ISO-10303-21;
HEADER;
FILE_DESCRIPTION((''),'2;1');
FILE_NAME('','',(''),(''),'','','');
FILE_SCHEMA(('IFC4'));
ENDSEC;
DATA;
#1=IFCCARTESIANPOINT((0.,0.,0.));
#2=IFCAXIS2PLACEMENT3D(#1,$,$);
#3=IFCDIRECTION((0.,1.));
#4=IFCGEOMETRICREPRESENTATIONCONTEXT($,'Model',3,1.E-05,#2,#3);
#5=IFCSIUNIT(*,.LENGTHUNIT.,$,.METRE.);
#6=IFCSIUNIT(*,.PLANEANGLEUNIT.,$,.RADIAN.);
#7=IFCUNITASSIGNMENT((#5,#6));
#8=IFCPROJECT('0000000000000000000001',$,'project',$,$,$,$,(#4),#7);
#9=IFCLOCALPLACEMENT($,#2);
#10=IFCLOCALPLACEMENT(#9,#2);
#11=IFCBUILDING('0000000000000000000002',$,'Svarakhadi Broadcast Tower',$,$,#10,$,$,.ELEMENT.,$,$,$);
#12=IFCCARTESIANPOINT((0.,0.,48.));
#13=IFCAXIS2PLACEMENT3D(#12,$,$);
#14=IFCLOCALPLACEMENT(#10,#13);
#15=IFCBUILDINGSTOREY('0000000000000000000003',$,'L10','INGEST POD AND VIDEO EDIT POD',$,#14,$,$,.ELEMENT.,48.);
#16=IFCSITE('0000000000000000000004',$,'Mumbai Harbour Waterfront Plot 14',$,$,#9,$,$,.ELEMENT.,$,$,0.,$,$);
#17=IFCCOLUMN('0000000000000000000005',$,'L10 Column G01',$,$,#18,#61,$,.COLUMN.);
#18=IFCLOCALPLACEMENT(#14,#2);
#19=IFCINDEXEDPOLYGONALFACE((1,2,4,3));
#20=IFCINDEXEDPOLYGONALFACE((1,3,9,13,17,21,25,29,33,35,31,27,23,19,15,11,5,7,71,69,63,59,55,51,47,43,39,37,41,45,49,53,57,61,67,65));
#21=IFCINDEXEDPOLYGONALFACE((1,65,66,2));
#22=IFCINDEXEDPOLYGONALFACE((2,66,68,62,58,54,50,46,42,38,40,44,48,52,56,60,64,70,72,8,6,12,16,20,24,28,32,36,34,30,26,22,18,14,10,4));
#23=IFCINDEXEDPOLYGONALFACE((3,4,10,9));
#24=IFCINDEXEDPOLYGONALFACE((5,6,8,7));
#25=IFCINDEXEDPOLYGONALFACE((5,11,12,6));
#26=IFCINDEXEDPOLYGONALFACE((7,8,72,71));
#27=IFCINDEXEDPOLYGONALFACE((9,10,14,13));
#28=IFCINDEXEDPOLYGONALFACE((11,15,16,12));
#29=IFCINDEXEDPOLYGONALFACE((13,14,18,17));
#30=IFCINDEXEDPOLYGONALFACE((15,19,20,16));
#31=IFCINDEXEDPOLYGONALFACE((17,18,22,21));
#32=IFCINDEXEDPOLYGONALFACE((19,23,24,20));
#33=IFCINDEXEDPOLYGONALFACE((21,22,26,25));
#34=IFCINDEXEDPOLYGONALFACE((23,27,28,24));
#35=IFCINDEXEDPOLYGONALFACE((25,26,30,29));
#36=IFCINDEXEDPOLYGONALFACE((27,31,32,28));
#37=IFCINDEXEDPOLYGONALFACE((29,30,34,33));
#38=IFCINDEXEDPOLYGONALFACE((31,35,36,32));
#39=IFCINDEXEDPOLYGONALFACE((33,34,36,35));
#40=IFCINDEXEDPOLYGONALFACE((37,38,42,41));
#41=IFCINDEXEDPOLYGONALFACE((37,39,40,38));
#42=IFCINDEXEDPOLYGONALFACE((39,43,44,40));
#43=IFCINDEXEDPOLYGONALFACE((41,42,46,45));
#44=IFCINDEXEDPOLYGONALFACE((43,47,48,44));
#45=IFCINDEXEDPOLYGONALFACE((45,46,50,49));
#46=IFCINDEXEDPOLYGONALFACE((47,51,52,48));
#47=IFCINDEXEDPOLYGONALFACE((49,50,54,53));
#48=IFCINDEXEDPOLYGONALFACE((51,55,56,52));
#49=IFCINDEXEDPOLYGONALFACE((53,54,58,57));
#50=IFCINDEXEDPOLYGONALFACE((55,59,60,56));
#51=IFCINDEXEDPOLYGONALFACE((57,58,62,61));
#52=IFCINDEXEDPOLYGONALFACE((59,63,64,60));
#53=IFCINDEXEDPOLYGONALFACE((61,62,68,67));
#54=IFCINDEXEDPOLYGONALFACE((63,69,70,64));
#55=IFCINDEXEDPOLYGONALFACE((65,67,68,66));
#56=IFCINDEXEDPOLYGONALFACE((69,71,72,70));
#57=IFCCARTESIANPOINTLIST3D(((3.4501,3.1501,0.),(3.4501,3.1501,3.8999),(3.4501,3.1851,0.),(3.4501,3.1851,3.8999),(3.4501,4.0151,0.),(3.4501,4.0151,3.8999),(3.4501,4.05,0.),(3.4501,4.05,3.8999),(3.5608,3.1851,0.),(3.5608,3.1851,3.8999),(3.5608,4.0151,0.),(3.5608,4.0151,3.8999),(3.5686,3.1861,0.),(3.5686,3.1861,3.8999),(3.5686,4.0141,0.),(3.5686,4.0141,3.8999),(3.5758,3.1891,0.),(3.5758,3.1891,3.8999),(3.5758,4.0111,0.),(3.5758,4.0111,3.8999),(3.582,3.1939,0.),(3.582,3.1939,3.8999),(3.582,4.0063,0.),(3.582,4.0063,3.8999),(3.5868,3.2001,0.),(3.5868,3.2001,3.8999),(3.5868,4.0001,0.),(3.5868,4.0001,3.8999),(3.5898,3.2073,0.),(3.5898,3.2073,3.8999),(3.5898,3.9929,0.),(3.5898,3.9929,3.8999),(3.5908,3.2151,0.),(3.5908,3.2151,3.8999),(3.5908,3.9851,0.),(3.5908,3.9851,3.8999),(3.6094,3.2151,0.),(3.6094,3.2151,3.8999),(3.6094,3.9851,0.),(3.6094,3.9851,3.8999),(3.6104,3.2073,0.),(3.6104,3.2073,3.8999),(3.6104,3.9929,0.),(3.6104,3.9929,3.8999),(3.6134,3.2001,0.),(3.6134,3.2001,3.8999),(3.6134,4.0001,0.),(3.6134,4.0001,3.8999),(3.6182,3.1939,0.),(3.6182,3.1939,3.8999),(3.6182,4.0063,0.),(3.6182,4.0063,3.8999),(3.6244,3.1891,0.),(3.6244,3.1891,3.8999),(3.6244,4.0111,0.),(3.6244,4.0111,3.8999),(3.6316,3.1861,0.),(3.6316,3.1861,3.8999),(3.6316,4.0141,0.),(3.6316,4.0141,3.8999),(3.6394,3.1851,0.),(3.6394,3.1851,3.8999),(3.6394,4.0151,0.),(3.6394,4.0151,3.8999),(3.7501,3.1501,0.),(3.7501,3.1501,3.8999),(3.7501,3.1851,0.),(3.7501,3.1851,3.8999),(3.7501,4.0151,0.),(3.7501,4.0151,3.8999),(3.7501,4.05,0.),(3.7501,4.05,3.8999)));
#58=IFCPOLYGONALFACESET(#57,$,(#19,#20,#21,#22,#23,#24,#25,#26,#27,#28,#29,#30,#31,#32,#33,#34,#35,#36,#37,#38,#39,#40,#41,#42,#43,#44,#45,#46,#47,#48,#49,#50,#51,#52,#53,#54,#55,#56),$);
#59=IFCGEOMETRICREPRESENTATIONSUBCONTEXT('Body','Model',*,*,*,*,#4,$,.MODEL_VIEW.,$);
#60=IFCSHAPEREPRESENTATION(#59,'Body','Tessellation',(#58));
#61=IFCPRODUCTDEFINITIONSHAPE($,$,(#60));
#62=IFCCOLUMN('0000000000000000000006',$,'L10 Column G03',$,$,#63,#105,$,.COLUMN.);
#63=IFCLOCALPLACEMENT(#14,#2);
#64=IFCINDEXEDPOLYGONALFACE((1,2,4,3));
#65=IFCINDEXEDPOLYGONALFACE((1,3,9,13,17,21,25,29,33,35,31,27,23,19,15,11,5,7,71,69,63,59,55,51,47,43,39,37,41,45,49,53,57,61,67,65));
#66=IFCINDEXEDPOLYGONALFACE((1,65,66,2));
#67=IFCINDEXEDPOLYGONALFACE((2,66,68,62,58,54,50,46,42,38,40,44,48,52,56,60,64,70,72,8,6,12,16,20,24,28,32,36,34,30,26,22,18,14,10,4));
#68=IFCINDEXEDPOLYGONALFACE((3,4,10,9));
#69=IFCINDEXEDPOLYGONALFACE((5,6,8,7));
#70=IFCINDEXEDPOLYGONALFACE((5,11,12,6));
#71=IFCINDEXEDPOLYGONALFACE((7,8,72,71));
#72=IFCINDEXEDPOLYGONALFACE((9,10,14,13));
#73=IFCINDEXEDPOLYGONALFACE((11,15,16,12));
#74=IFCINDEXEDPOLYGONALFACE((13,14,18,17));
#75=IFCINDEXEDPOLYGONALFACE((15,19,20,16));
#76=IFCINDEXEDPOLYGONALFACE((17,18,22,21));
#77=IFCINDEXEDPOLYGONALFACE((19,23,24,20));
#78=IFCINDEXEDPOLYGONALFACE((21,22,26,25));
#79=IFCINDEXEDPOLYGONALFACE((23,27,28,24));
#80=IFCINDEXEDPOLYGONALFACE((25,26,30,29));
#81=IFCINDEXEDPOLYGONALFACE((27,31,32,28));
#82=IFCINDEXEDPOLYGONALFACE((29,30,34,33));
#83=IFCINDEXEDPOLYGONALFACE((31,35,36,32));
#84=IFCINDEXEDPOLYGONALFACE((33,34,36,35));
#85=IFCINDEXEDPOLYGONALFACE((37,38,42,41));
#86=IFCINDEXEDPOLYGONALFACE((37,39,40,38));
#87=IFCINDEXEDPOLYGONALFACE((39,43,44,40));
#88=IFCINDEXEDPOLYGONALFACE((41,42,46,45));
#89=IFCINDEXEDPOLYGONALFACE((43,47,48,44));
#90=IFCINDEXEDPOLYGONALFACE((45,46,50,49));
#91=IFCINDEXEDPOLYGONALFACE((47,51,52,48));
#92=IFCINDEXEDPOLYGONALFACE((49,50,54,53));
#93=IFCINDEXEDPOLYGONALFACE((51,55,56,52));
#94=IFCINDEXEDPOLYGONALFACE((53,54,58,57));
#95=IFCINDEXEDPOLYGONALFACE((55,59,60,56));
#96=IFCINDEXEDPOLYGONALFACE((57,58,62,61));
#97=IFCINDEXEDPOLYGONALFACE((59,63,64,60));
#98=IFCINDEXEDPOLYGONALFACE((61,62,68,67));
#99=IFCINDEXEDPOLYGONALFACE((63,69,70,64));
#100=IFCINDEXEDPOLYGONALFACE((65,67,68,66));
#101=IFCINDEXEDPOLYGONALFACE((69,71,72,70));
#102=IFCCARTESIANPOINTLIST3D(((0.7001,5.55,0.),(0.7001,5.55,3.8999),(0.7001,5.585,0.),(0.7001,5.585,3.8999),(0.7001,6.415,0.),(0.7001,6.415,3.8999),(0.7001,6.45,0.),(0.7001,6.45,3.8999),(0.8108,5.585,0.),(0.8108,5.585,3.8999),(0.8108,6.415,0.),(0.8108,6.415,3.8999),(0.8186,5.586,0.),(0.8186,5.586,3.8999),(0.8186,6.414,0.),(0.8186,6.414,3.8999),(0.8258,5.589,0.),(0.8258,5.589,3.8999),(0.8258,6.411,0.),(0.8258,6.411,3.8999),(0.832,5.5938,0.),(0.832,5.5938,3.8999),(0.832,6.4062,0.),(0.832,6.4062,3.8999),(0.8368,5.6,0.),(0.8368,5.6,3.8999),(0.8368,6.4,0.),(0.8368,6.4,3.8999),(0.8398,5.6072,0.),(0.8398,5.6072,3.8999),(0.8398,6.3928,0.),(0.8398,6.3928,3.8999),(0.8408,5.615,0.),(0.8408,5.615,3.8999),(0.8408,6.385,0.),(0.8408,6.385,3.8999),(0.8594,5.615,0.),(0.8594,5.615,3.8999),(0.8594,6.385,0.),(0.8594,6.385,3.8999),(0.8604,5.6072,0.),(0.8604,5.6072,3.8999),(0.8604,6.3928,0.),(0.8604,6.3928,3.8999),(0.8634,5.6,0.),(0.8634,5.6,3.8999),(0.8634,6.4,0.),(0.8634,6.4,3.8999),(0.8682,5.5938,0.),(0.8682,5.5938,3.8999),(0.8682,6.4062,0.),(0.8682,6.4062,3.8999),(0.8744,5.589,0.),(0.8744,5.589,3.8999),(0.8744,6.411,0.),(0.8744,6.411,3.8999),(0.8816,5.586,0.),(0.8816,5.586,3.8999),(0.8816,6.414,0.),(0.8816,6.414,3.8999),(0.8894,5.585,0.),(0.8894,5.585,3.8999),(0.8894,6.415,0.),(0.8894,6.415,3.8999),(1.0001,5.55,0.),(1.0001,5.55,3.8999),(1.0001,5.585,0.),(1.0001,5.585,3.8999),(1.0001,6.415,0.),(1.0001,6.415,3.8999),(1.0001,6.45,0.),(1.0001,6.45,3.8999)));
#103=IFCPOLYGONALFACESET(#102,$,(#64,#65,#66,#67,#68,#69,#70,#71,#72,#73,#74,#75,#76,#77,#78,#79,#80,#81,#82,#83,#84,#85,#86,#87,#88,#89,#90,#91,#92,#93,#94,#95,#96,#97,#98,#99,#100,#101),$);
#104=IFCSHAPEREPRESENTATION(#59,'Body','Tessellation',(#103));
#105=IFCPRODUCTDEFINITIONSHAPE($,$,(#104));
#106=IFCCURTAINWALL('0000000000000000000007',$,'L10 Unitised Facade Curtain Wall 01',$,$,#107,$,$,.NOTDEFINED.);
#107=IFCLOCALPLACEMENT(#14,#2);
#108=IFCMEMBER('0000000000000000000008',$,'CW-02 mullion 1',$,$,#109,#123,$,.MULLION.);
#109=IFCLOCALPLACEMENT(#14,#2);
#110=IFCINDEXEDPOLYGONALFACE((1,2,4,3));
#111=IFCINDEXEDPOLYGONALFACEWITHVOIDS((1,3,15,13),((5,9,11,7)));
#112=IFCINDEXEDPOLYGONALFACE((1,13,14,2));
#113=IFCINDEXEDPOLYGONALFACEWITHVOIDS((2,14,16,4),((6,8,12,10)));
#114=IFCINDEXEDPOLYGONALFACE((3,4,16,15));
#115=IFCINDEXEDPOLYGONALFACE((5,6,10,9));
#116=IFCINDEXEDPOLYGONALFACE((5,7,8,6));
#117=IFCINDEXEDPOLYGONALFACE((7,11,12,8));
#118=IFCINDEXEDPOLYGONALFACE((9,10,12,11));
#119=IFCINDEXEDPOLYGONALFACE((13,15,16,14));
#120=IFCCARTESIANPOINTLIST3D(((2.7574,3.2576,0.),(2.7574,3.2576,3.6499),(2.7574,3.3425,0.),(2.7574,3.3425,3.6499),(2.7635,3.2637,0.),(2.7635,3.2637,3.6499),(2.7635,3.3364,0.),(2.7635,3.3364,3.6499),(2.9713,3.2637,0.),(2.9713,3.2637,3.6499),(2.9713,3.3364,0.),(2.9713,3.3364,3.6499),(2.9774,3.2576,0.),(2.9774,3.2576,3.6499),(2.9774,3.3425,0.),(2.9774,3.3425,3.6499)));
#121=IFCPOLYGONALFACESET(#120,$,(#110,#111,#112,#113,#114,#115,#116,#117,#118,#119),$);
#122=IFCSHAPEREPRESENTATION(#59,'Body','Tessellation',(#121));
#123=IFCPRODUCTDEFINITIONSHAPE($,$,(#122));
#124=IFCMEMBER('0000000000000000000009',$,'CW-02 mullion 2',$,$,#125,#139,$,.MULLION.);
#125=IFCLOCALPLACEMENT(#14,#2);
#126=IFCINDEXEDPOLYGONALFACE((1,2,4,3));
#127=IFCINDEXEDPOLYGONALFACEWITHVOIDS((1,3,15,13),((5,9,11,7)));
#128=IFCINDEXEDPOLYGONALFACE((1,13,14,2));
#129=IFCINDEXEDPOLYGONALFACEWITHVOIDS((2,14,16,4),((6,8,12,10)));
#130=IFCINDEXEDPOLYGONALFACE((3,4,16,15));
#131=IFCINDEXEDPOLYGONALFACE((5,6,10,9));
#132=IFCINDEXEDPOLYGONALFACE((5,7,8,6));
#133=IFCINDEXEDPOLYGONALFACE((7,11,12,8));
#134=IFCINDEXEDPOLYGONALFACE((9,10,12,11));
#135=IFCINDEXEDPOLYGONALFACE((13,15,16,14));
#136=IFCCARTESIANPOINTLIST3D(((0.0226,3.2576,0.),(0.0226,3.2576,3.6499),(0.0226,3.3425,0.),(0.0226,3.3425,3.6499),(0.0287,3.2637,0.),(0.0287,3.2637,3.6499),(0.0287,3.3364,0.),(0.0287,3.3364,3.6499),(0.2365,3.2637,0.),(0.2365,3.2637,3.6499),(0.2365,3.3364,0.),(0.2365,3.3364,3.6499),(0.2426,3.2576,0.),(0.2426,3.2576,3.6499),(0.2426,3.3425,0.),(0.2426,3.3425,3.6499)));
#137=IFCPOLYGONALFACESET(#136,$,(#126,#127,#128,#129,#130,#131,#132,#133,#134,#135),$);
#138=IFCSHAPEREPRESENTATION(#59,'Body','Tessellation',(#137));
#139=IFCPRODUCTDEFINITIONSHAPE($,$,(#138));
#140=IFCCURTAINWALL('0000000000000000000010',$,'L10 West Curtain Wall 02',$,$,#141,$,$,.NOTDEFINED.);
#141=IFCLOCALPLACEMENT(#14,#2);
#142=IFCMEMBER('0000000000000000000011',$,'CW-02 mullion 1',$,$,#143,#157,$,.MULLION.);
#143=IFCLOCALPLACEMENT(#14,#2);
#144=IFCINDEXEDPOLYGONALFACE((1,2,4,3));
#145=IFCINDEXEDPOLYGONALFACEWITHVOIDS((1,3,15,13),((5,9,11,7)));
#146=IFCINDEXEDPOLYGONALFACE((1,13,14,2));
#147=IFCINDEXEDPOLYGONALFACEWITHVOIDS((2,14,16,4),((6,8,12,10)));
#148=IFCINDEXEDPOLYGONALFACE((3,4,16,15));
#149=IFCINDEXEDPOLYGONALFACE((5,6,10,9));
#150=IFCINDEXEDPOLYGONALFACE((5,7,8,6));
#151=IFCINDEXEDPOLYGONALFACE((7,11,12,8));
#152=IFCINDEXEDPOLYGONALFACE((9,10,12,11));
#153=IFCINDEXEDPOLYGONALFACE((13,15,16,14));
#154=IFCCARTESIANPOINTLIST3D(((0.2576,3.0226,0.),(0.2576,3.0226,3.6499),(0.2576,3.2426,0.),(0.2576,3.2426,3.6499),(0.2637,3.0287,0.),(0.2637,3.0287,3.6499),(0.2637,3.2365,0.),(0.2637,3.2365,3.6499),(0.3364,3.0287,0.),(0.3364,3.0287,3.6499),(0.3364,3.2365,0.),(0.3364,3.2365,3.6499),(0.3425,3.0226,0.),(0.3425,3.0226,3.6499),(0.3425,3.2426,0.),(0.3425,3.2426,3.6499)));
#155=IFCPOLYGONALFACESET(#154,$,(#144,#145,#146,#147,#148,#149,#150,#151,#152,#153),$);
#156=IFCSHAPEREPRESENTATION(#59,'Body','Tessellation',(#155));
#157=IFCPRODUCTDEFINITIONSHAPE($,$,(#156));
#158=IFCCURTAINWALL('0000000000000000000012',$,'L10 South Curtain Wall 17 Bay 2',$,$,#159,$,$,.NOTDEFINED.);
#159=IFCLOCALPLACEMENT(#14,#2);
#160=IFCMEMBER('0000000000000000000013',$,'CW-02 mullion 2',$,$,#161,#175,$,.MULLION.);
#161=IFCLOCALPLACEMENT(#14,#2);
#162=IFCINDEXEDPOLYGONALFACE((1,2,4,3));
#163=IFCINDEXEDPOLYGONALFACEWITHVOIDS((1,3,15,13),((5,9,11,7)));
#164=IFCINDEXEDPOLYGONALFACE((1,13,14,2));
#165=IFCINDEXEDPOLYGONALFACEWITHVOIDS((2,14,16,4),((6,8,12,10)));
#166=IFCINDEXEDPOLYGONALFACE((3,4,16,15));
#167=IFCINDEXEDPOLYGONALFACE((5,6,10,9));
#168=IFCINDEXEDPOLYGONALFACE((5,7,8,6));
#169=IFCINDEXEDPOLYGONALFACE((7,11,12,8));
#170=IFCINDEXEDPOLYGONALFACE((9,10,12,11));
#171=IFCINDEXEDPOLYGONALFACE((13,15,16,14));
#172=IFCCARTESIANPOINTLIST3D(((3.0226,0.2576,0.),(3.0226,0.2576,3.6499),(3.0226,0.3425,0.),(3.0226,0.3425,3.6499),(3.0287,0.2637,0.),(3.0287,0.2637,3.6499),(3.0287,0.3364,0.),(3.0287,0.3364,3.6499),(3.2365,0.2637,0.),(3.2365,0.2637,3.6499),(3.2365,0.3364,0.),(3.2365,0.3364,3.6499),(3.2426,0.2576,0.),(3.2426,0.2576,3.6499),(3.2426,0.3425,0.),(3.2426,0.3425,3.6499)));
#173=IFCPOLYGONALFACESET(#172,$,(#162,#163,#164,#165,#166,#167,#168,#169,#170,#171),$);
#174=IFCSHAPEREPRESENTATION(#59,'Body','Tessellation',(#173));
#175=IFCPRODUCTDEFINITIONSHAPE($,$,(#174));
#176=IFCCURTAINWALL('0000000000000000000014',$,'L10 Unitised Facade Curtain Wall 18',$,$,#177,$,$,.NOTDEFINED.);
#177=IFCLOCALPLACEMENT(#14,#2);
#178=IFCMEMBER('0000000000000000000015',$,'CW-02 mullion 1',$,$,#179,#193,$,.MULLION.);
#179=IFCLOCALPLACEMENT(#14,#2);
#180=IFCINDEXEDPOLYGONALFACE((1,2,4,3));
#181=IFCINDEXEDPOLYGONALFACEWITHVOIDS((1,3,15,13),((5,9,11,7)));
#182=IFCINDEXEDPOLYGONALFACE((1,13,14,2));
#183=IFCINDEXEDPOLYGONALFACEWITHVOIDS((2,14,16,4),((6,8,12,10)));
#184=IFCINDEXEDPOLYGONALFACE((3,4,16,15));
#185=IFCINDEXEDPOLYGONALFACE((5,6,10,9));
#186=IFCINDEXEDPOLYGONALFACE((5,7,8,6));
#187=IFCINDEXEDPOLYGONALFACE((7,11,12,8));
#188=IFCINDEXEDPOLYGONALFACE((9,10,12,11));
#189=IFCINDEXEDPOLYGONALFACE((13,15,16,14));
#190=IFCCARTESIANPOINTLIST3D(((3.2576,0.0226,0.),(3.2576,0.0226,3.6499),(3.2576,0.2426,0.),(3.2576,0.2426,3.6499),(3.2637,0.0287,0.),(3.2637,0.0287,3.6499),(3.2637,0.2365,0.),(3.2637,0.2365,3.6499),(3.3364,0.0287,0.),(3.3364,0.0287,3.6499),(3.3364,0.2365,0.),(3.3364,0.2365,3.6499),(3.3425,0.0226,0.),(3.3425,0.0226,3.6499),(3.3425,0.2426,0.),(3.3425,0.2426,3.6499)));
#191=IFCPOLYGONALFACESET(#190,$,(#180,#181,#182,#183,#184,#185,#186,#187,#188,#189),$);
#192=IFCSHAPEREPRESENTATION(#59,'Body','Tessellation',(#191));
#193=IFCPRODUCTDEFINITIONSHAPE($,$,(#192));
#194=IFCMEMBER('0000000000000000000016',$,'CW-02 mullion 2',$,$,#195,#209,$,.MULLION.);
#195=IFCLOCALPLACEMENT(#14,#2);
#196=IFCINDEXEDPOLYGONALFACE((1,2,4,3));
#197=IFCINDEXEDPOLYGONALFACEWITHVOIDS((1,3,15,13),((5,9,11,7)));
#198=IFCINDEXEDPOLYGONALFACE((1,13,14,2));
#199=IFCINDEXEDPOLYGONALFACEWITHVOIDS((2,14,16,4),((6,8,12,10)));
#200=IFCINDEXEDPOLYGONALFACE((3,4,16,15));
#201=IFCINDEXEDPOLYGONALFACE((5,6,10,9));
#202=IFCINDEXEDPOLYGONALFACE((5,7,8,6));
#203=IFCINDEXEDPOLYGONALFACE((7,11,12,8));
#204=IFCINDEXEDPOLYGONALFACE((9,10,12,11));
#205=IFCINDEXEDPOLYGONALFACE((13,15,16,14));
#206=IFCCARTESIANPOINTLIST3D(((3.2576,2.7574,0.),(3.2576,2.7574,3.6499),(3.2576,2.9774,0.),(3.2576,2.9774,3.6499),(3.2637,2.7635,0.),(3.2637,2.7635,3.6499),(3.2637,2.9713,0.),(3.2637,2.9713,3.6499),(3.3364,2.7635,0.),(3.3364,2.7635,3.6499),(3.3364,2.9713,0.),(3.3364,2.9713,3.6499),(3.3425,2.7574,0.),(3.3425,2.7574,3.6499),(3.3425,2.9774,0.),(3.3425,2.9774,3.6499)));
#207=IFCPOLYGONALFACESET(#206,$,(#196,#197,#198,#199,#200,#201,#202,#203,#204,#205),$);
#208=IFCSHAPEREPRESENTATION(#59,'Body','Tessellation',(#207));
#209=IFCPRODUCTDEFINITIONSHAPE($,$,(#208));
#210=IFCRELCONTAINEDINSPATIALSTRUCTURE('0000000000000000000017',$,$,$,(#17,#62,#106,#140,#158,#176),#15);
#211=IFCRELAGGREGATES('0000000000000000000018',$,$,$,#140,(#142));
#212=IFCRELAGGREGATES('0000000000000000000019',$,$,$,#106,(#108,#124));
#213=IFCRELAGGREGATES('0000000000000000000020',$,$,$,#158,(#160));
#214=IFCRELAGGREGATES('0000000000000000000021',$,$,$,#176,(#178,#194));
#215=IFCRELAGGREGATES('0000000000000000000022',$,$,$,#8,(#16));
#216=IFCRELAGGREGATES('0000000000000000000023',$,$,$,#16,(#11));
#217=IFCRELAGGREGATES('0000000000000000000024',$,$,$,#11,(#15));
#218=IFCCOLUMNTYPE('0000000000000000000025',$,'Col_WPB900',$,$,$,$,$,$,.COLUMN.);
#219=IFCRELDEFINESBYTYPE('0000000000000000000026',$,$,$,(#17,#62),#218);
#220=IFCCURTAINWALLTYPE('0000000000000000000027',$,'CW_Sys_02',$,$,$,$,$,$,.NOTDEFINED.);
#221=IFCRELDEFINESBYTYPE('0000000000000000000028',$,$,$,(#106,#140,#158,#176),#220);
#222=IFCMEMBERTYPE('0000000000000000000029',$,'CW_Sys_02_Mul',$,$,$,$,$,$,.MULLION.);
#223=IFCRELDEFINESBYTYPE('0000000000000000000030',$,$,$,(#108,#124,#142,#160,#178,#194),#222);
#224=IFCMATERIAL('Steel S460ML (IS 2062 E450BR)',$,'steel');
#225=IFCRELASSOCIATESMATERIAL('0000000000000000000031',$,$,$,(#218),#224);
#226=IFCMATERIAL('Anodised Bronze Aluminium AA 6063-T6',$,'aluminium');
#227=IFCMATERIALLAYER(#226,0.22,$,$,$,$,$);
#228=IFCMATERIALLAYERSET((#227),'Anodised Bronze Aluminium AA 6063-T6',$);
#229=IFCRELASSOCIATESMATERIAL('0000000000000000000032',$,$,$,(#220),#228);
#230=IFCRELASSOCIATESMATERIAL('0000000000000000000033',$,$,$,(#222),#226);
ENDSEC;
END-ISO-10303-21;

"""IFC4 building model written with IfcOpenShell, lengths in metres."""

from ifc_helpers import new_model, si_unit, direction, frame, origin, origin_2d, place, context, subcontext, project, spatial, hollow_rectangle, i_section, extrude, material, layer, layer_set, material_profile, profile_set, type_object, element, aggregate, save


model = new_model("IFC4")

# Units and contexts
model_context = context("Model", 3, precision=1e-05, world=origin(), true_north=direction((0.0, 1.0)))
body_context = subcontext(model_context, "Body", "Model", "MODEL_VIEW")
ifc_project = project(units=[si_unit("LENGTHUNIT", "METRE"), si_unit("PLANEANGLEUNIT", "RADIAN")], contexts=[model_context])

# Site, building, storey
site_placement = place(None, origin())
site = spatial("IfcSite", under=ifc_project, at=site_placement, Name="Mumbai Harbour Waterfront Plot 14", CompositionType="ELEMENT", RefElevation=0.0)
building_placement = place(site_placement, origin())
building = spatial("IfcBuilding", under=site, at=building_placement, Name="Svarakhadi Broadcast Tower", CompositionType="ELEMENT")
storey_placement = place(building_placement, frame((0.0, 0.0, 48.0)))
storey = spatial("IfcBuildingStorey", under=building, at=storey_placement, Name="L10", Description="INGEST POD AND VIDEO EDIT POD", CompositionType="ELEMENT", Elevation=48.0)

# Columns
ifc_material_1 = material(Name="Steel S460ML (IS 2062 E450BR)", Category="steel")
ifc_material_profile_1 = material_profile(ifc_material_1, i_section(OverallWidth=0.3, OverallDepth=0.8999, WebThickness=0.0186, FlangeThickness=0.0349, FilletRadius=0.03, at=origin_2d()), Name="WPB 900x300x291")
ifc_profile_set_1 = profile_set([ifc_material_profile_1], Name="Steel S460ML (IS 2062 E450BR)")
column_type = type_object("IfcColumnType", Name="Col_WPB900", PredefinedType="COLUMN", material=ifc_profile_set_1)
for number, where, z_axis, x_axis, name in (
    (1, (3.6001, 3.6001, 0.0), (0.0, 0.0, 1.0), (1.0, 0.0, 0.0), "L10 Column G01"),
    (2, (0.8501, 6.0, 0.0), (0.0, 0.0, 1.0), (1.0, 0.0, 0.0), "L10 Column G03"),
):
    element("IfcColumn", number, at=place(storey_placement, frame(where, z_axis=z_axis, x_axis=x_axis)), inside=storey, type_object=column_type, Name=name, PredefinedType="COLUMN", context=body_context, shape_type="SweptSolid", body=[
        extrude(i_section(OverallWidth=0.3, OverallDepth=0.8999, WebThickness=0.0186, FlangeThickness=0.0349, FilletRadius=0.03, at=origin_2d()), origin(), (0.0, 0.0, 1.0), 3.8999),
    ])

# Curtain wall, members
ifc_material_2 = material(Name="Anodised Bronze Aluminium AA 6063-T6", Category="aluminium")
ifc_layer_1 = layer(ifc_material_2, 0.22)
ifc_layer_set_1 = layer_set([ifc_layer_1], Name="Anodised Bronze Aluminium AA 6063-T6")
curtain_wall_type = type_object("IfcCurtainWallType", Name="CW_Sys_02", PredefinedType="NOTDEFINED", material=ifc_layer_set_1)
curtain_wall_1_placement = place(storey_placement, origin())
curtain_wall_1 = element("IfcCurtainWall", 3, at=curtain_wall_1_placement, inside=storey, type_object=curtain_wall_type, Name="L10 Unitised Facade Curtain Wall 01", PredefinedType="NOTDEFINED")
ifc_material_profile_2 = material_profile(ifc_material_2, hollow_rectangle(XDim=0.085, YDim=0.22, WallThickness=0.0061, at=origin_2d()), Name="ALU MULLION 220x85x6")
ifc_profile_set_2 = profile_set([ifc_material_profile_2], Name="Anodised Bronze Aluminium AA 6063-T6")
member_type_1 = type_object("IfcMemberType", Name="CW_Sys_02_Mul", PredefinedType="MULLION", material=ifc_profile_set_2)
member_1_placement = place(storey_placement, frame((2.8674, 3.3, 0.0), z_axis=(0.0, 0.0, 1.0), x_axis=(0.0, -1.0, 0.0)))
member_1 = element("IfcMember", 4, at=member_1_placement, type_object=member_type_1, Name="CW-02 mullion 1", PredefinedType="MULLION", context=body_context, shape_type="SweptSolid", body=[
    extrude(hollow_rectangle(XDim=0.085, YDim=0.22, WallThickness=0.0061, at=origin_2d()), origin(), (0.0, 0.0, 1.0), 3.6499),
])
member_2_placement = place(storey_placement, frame((0.1326, 3.3, 0.0), z_axis=(0.0, 0.0, 1.0), x_axis=(0.0, -1.0, 0.0)))
member_2 = element("IfcMember", 5, at=member_2_placement, type_object=member_type_1, Name="CW-02 mullion 2", PredefinedType="MULLION", context=body_context, shape_type="SweptSolid", body=[
    extrude(hollow_rectangle(XDim=0.085, YDim=0.22, WallThickness=0.0061, at=origin_2d()), origin(), (0.0, 0.0, 1.0), 3.6499),
])

# Curtain walls, members
curtain_wall_2_placement = place(storey_placement, origin())
curtain_wall_2 = element("IfcCurtainWall", 6, at=curtain_wall_2_placement, inside=storey, type_object=curtain_wall_type, Name="L10 West Curtain Wall 02", PredefinedType="NOTDEFINED")
member_3_placement = place(storey_placement, frame((0.3, 3.1326, 0.0), z_axis=(0.0, 0.0, 1.0), x_axis=(-1.0, 0.0, 0.0)))
member_3 = element("IfcMember", 7, at=member_3_placement, type_object=member_type_1, Name="CW-02 mullion 1", PredefinedType="MULLION", context=body_context, shape_type="SweptSolid", body=[
    extrude(hollow_rectangle(XDim=0.085, YDim=0.22, WallThickness=0.0061, at=origin_2d()), origin(), (0.0, 0.0, 1.0), 3.6499),
])
curtain_wall_3_placement = place(storey_placement, origin())
curtain_wall_3 = element("IfcCurtainWall", 8, at=curtain_wall_3_placement, inside=storey, type_object=curtain_wall_type, Name="L10 South Curtain Wall 17 Bay 2", PredefinedType="NOTDEFINED")
member_4_placement = place(storey_placement, frame((3.1326, 0.3, 0.0), z_axis=(0.0, 0.0, 1.0), x_axis=(0.0, -1.0, 0.0)))
member_4 = element("IfcMember", 9, at=member_4_placement, type_object=member_type_1, Name="CW-02 mullion 2", PredefinedType="MULLION", context=body_context, shape_type="SweptSolid", body=[
    extrude(hollow_rectangle(XDim=0.085, YDim=0.22, WallThickness=0.0061, at=origin_2d()), origin(), (0.0, 0.0, 1.0), 3.6499),
])

# Curtain wall, members
curtain_wall_4_placement = place(storey_placement, origin())
curtain_wall_4 = element("IfcCurtainWall", 10, at=curtain_wall_4_placement, inside=storey, type_object=curtain_wall_type, Name="L10 Unitised Facade Curtain Wall 18", PredefinedType="NOTDEFINED")
member_5_placement = place(storey_placement, frame((3.3, 0.1326, 0.0), z_axis=(0.0, 0.0, 1.0), x_axis=(-1.0, 0.0, 0.0)))
member_5 = element("IfcMember", 11, at=member_5_placement, type_object=member_type_1, Name="CW-02 mullion 1", PredefinedType="MULLION", context=body_context, shape_type="SweptSolid", body=[
    extrude(hollow_rectangle(XDim=0.085, YDim=0.22, WallThickness=0.0061, at=origin_2d()), origin(), (0.0, 0.0, 1.0), 3.6499),
])
member_6_placement = place(storey_placement, frame((3.3, 2.8674, 0.0), z_axis=(0.0, 0.0, 1.0), x_axis=(-1.0, 0.0, 0.0)))
member_6 = element("IfcMember", 12, at=member_6_placement, type_object=member_type_1, Name="CW-02 mullion 2", PredefinedType="MULLION", context=body_context, shape_type="SweptSolid", body=[
    extrude(hollow_rectangle(XDim=0.085, YDim=0.22, WallThickness=0.0061, at=origin_2d()), origin(), (0.0, 0.0, 1.0), 3.6499),
])

aggregate(curtain_wall_2, [member_3])

aggregate(curtain_wall_1, [member_1, member_2])
aggregate(curtain_wall_3, [member_4])
aggregate(curtain_wall_4, [member_5, member_6])

save(model, "model.ifc")
